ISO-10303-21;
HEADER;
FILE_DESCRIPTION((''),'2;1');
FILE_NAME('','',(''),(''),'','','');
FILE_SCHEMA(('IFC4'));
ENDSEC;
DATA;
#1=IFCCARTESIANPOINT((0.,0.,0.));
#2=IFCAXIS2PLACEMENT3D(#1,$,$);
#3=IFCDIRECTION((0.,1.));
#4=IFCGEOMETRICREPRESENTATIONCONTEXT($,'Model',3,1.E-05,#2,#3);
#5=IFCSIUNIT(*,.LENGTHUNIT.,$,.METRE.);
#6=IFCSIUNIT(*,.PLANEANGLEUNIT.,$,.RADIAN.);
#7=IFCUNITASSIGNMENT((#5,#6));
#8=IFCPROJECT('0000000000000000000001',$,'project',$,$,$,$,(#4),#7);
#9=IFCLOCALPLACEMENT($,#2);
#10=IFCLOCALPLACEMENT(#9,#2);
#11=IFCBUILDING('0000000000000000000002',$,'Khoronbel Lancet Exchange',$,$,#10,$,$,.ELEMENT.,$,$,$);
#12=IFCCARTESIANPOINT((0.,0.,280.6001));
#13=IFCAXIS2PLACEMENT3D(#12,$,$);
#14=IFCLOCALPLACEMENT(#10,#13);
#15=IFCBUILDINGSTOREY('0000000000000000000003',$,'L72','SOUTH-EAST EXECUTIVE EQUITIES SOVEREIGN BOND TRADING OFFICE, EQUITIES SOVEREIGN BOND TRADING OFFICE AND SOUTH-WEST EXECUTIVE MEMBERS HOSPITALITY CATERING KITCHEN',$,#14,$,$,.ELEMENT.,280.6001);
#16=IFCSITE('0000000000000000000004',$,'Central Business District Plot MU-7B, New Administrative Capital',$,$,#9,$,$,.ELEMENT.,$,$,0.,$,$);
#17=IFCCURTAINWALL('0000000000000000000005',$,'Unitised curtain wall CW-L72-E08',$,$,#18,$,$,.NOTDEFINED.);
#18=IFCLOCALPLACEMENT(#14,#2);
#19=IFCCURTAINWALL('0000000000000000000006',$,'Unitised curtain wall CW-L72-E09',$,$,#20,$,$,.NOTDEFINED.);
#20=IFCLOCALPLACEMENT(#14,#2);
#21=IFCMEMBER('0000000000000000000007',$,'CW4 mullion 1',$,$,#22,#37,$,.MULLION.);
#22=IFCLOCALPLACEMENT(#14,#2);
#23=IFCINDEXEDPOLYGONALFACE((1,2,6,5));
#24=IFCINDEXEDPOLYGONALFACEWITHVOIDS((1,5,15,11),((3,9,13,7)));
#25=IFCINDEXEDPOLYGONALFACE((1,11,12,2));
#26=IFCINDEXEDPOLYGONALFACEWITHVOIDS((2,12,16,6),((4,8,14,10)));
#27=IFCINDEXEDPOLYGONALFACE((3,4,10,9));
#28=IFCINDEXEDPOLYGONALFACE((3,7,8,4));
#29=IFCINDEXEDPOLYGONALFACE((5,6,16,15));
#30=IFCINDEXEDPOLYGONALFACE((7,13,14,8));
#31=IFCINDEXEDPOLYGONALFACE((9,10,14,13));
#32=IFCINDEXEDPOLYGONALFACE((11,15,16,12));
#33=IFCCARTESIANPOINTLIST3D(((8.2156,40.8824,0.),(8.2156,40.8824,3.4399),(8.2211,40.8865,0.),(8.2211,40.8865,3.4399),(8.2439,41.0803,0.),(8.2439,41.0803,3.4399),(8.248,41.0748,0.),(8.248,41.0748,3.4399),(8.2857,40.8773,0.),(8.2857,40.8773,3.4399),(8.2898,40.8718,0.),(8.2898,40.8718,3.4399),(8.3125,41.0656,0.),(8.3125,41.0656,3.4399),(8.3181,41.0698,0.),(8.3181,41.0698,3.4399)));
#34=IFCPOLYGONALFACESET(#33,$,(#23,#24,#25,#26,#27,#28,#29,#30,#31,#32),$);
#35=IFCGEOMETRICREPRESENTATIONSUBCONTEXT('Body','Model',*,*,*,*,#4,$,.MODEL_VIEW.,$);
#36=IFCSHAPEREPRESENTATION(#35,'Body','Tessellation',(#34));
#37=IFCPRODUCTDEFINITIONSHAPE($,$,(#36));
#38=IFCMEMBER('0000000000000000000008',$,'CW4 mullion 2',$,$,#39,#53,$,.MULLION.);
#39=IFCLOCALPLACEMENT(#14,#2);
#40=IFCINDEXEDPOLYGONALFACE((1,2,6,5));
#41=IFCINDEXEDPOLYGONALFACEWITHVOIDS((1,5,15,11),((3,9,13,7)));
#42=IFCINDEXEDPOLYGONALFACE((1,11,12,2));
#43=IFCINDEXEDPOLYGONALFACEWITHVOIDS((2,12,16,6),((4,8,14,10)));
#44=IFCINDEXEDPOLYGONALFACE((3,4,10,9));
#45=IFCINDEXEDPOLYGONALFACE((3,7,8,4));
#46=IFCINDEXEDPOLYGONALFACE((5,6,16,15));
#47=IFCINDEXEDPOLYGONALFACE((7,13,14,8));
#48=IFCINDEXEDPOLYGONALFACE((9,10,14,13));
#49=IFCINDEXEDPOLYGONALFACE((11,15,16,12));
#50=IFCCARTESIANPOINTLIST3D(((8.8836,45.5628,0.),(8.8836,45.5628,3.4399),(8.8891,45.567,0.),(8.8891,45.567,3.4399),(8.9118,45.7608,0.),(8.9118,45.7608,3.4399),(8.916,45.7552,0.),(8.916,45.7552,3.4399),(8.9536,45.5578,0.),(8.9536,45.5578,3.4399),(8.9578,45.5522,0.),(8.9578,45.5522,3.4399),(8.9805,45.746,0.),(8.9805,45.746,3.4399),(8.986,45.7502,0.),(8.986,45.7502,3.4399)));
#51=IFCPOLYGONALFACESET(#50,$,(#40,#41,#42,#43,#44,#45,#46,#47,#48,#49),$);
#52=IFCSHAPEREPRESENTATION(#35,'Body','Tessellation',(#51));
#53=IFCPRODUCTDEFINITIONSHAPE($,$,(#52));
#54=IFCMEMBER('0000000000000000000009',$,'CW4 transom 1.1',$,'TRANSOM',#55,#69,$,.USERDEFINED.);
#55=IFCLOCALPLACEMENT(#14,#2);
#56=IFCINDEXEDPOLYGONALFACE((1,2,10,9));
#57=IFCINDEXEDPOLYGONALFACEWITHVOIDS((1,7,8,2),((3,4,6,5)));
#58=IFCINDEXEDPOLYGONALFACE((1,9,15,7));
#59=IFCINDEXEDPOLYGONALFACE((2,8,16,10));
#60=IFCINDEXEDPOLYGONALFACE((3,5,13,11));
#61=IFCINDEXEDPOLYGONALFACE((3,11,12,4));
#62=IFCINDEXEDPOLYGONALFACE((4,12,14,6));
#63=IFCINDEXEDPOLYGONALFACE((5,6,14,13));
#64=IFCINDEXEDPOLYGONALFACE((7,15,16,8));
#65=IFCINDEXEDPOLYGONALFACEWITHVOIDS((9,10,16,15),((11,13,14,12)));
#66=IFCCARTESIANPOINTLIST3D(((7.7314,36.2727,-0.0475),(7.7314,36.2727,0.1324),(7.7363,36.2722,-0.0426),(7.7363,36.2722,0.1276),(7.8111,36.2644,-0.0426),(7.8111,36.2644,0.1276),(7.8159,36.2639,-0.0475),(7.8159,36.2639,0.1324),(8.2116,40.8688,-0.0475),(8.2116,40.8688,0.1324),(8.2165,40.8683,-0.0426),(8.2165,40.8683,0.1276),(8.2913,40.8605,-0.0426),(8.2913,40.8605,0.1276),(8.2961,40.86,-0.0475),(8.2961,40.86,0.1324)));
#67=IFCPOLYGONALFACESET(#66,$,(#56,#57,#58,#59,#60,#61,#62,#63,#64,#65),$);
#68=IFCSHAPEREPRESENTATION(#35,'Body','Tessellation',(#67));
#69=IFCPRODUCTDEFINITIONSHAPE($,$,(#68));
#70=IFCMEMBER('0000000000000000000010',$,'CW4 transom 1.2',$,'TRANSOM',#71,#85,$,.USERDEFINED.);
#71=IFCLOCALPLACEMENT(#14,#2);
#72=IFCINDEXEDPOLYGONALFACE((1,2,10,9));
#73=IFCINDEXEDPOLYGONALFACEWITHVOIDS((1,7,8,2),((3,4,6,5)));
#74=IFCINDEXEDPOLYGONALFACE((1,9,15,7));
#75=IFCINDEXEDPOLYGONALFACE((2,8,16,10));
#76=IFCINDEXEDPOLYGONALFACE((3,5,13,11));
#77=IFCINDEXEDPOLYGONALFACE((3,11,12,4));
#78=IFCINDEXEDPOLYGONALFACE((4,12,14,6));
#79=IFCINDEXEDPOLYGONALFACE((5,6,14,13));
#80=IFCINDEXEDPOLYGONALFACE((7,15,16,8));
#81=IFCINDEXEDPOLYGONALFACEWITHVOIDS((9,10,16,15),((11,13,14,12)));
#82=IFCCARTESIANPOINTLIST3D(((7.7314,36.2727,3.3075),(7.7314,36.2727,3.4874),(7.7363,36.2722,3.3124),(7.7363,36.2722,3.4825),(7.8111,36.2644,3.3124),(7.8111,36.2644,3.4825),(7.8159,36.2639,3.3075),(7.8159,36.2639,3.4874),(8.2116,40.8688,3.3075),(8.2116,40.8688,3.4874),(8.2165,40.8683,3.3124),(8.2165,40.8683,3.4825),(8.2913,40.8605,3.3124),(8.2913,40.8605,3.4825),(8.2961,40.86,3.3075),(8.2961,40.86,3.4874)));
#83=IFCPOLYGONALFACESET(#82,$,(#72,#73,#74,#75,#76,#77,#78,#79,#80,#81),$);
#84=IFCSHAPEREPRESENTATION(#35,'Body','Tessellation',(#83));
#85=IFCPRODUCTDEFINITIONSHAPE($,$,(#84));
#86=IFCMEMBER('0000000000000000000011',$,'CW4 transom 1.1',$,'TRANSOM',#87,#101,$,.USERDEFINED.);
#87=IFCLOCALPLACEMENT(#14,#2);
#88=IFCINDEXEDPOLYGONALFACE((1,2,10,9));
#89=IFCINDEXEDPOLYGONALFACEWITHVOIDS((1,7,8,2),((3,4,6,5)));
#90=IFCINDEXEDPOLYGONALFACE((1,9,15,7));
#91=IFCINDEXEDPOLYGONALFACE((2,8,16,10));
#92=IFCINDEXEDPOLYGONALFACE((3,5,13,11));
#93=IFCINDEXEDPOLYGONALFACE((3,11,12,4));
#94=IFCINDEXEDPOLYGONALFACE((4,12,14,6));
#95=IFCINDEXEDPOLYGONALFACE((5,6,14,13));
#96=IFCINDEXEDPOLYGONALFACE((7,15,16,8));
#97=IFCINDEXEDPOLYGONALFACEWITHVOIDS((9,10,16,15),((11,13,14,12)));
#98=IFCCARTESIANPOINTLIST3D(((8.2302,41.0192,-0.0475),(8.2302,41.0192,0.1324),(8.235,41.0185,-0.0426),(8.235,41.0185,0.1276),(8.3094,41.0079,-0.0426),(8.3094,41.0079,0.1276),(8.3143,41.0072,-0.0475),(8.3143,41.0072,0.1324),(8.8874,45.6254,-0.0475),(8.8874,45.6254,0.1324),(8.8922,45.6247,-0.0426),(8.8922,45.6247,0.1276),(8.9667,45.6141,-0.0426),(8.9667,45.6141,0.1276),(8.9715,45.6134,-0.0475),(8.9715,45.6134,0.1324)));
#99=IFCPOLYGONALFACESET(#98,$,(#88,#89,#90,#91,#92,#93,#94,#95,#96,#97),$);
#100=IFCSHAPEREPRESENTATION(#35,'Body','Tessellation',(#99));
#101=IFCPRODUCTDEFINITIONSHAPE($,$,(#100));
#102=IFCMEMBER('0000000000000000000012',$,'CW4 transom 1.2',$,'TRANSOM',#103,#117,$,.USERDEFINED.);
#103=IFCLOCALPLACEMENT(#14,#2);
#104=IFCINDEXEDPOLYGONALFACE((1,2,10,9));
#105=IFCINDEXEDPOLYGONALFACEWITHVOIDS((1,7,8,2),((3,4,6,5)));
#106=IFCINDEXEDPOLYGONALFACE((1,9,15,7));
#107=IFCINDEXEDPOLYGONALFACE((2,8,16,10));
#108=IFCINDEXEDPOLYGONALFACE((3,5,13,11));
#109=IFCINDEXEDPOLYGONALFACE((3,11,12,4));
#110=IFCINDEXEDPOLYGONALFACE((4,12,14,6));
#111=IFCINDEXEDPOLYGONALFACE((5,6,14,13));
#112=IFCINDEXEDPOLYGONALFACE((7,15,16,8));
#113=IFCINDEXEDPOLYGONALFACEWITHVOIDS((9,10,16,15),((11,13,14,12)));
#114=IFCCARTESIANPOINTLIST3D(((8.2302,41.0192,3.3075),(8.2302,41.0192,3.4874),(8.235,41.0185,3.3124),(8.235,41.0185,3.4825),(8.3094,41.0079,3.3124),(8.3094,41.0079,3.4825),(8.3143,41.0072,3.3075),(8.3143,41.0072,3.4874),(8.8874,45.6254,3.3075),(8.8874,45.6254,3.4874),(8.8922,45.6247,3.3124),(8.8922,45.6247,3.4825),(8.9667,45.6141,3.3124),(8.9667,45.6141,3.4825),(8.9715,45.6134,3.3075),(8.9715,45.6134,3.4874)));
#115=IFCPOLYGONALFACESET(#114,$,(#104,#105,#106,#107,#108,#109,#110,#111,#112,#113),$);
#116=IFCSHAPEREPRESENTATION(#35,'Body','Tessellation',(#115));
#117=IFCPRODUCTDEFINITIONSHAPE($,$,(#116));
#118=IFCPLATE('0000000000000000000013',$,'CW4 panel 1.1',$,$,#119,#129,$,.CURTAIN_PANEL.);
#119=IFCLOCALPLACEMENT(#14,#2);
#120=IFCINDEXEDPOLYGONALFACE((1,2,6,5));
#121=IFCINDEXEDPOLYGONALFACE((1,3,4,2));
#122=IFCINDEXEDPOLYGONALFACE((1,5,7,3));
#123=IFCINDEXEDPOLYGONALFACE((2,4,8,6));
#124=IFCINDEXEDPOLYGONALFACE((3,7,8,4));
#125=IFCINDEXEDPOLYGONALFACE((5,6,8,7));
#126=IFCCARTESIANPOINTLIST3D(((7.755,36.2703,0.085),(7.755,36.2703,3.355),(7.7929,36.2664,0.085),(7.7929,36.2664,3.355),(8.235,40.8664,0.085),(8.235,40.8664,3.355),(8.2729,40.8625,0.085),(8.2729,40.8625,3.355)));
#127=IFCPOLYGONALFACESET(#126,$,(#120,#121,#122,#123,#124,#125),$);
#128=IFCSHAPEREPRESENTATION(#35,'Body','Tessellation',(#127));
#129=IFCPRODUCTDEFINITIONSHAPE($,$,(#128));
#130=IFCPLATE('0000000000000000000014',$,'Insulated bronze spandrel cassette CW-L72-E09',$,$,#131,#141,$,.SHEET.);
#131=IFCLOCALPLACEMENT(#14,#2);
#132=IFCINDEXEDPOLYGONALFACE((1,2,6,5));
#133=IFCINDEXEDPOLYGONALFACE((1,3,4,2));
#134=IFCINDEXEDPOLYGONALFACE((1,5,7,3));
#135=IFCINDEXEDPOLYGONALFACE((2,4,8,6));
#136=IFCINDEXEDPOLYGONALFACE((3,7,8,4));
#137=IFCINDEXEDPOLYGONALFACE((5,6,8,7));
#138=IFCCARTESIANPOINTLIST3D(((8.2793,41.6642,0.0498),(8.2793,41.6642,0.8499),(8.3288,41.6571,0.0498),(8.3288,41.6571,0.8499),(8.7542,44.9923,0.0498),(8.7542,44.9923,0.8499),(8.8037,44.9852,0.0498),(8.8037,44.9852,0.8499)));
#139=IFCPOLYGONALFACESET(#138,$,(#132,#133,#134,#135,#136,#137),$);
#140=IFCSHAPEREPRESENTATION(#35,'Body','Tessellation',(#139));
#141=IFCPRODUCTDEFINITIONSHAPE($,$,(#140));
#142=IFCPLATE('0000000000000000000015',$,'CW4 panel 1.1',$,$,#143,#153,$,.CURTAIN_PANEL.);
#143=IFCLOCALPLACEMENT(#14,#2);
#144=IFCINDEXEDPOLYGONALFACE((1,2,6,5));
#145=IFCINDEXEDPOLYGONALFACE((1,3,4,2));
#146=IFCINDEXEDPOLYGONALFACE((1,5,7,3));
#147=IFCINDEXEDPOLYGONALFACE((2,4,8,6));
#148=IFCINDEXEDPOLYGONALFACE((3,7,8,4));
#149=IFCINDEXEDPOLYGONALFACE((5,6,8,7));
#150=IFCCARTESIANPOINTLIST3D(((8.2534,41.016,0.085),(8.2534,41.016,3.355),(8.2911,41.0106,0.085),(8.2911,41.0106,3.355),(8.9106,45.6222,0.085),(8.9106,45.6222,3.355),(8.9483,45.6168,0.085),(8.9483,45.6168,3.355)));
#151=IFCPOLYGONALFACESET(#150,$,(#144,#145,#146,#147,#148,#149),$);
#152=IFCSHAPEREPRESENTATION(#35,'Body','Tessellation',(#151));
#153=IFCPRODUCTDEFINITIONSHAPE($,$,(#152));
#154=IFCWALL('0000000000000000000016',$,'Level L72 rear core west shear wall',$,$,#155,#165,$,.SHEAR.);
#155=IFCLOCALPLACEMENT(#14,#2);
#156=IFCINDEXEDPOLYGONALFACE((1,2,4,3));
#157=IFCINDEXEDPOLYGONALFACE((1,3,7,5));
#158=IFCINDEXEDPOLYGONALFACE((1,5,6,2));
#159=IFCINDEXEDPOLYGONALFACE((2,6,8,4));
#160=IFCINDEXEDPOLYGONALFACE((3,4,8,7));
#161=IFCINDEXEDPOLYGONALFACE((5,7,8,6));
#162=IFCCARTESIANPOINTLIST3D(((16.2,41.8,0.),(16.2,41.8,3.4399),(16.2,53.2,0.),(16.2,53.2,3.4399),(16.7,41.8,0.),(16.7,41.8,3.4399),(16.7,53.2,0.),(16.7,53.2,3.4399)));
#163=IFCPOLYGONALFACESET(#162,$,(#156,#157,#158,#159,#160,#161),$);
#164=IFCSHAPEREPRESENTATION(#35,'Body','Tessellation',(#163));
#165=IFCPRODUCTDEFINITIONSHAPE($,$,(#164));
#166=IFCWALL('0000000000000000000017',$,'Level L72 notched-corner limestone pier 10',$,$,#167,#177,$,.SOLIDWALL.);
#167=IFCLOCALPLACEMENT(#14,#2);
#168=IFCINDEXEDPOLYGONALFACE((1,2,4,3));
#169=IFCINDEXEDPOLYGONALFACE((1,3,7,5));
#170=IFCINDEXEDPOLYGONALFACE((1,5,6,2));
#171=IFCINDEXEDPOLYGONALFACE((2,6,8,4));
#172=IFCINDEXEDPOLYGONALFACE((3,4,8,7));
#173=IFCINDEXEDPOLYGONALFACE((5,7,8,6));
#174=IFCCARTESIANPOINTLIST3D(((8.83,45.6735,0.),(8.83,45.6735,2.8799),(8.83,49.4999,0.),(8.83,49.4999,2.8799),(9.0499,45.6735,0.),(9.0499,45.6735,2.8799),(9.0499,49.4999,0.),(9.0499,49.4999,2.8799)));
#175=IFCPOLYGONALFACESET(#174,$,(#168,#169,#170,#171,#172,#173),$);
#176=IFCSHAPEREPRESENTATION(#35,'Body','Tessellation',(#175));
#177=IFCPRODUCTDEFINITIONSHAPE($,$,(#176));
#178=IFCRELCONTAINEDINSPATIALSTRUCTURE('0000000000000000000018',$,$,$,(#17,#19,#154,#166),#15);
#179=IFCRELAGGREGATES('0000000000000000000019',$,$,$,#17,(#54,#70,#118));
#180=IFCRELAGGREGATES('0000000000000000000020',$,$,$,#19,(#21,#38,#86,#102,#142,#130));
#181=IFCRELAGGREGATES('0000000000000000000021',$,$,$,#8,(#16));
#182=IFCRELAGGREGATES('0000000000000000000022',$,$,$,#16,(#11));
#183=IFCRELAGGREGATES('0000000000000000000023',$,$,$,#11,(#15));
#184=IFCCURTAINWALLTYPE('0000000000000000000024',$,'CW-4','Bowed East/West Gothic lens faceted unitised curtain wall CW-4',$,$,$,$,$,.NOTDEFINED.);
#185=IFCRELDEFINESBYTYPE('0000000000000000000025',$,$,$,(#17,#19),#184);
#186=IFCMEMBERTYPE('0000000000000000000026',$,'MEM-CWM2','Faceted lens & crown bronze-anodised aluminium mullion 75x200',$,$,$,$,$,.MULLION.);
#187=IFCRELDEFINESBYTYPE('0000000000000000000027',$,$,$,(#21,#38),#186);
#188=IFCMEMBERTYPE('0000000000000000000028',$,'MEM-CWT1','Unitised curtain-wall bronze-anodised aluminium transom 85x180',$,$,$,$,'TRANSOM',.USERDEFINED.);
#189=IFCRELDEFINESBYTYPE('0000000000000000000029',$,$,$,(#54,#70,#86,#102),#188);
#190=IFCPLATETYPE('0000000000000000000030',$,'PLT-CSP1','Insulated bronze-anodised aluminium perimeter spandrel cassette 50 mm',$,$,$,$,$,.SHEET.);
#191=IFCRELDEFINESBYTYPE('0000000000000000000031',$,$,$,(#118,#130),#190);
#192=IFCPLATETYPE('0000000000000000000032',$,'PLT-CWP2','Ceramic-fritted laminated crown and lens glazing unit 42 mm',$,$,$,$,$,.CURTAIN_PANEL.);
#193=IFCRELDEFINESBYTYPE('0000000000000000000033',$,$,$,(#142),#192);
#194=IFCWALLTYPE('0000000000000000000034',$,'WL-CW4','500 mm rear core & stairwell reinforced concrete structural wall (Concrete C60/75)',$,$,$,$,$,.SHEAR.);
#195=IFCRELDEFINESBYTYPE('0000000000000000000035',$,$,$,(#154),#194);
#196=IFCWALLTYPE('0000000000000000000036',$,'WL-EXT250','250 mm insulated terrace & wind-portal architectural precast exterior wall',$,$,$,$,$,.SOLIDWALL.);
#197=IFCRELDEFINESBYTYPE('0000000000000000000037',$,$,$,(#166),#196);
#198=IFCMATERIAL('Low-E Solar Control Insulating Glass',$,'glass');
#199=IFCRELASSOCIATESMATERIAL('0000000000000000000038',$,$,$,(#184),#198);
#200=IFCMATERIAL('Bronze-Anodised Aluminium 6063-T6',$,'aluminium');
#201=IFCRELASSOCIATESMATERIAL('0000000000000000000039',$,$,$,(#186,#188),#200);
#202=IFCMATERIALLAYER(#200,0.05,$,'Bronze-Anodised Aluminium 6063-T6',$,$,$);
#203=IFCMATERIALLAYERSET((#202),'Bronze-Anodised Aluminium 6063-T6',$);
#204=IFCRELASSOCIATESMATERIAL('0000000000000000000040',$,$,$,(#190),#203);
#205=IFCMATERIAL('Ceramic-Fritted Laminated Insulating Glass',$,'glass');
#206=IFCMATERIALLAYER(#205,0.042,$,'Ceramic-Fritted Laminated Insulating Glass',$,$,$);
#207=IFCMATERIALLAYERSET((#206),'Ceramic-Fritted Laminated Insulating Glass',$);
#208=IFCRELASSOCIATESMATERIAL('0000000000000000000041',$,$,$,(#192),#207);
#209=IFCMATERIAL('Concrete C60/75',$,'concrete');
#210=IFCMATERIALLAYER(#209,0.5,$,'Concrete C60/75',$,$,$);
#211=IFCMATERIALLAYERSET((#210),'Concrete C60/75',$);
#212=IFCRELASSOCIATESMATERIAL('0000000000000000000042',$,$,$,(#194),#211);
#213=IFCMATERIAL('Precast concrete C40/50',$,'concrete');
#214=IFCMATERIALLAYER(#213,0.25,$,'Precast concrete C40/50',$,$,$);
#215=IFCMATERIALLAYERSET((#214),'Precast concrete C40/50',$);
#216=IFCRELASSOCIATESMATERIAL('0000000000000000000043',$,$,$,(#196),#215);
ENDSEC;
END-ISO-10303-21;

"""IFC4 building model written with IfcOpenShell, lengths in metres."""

from ifc_helpers import new_model, si_unit, direction, frame, frame_2d, origin, origin_2d, place, context, subcontext, project, spatial, rectangle, hollow_rectangle, extrude, material, layer, layer_set, material_profile, profile_set, type_object, element, aggregate, save


model = new_model("IFC4")

# Units and contexts
model_context = context("Model", 3, precision=1e-05, world=origin(), true_north=direction((0.0, 1.0)))
body_context = subcontext(model_context, "Body", "Model", "MODEL_VIEW")
ifc_project = project(units=[si_unit("LENGTHUNIT", "METRE"), si_unit("PLANEANGLEUNIT", "RADIAN")], contexts=[model_context])

# Site, building, storey
site_placement = place(None, origin())
site = spatial("IfcSite", under=ifc_project, at=site_placement, Name="Central Business District Plot MU-7B, New Administrative Capital", CompositionType="ELEMENT", RefElevation=0.0)
building_placement = place(site_placement, origin())
building = spatial("IfcBuilding", under=site, at=building_placement, Name="Khoronbel Lancet Exchange", CompositionType="ELEMENT")
storey_placement = place(building_placement, frame((0.0, 0.0, 280.6001)))
storey = spatial("IfcBuildingStorey", under=building, at=storey_placement, Name="L72", Description="SOUTH-EAST EXECUTIVE EQUITIES SOVEREIGN BOND TRADING OFFICE, EQUITIES SOVEREIGN BOND TRADING OFFICE AND SOUTH-WEST EXECUTIVE MEMBERS HOSPITALITY CATERING KITCHEN", CompositionType="ELEMENT", Elevation=280.6001)

# Shared definitions
ifc_material_1 = material(Name="Low-E Solar Control Insulating Glass", Category="glass")
curtain_wall_type = type_object("IfcCurtainWallType", Name="CW-4", Description="Bowed East/West Gothic lens faceted unitised curtain wall CW-4", PredefinedType="NOTDEFINED", material=ifc_material_1)
ifc_material_2 = material(Name="Bronze-Anodised Aluminium 6063-T6", Category="aluminium")
ifc_material_profile_1 = material_profile(ifc_material_2, hollow_rectangle(XDim=0.075, YDim=0.2, WallThickness=0.0049, at=origin_2d()), Name="ALU MULLION 75x200")
ifc_profile_set_1 = profile_set([ifc_material_profile_1], Name="Bronze-Anodised Aluminium 6063-T6")
member_type_1 = type_object("IfcMemberType", Name="MEM-CWM2", Description="Faceted lens & crown bronze-anodised aluminium mullion 75x200", PredefinedType="MULLION", material=ifc_profile_set_1)

# Curtain walls, members
curtain_wall_1_placement = place(storey_placement, origin())
curtain_wall_1 = element("IfcCurtainWall", 1, at=curtain_wall_1_placement, inside=storey, type_object=curtain_wall_type, Name="Unitised curtain wall CW-L72-E08", PredefinedType="NOTDEFINED")
curtain_wall_2_placement = place(storey_placement, origin())
curtain_wall_2 = element("IfcCurtainWall", 2, at=curtain_wall_2_placement, inside=storey, type_object=curtain_wall_type, Name="Unitised curtain wall CW-L72-E09", PredefinedType="NOTDEFINED")
member_1_placement = place(storey_placement, frame((8.2668, 40.9761, 0.0), z_axis=(0.0, 0.0, 1.0), x_axis=(-0.989974, 0.141252, 0.0)))
member_1 = element("IfcMember", 3, at=member_1_placement, type_object=member_type_1, Name="CW4 mullion 1", PredefinedType="MULLION", context=body_context, shape_type="SweptSolid", body=[
    extrude(hollow_rectangle(XDim=0.075, YDim=0.2, WallThickness=0.0049, at=origin_2d()), origin(), (0.0, 0.0, 1.0), 3.4399),
])
member_2_placement = place(storey_placement, frame((8.9348, 45.6565, 0.0), z_axis=(0.0, 0.0, 1.0), x_axis=(-0.989974, 0.141252, 0.0)))
member_2 = element("IfcMember", 4, at=member_2_placement, type_object=member_type_1, Name="CW4 mullion 2", PredefinedType="MULLION", context=body_context, shape_type="SweptSolid", body=[
    extrude(hollow_rectangle(XDim=0.075, YDim=0.2, WallThickness=0.0049, at=origin_2d()), origin(), (0.0, 0.0, 1.0), 3.4399),
])

# Members
ifc_material_profile_2 = material_profile(ifc_material_2, hollow_rectangle(XDim=0.085, YDim=0.1799, WallThickness=0.0049, at=origin_2d()), Name="ALU TRANSOM 85x180")
ifc_profile_set_2 = profile_set([ifc_material_profile_2], Name="Bronze-Anodised Aluminium 6063-T6")
member_type_2 = type_object("IfcMemberType", Name="MEM-CWT1", Description="Unitised curtain-wall bronze-anodised aluminium transom 85x180", ElementType="TRANSOM", PredefinedType="USERDEFINED", material=ifc_profile_set_2)
member_3_placement = place(storey_placement, frame((7.7737, 36.2683, 0.0425), z_axis=(0.103917, 0.994586, 0.0), x_axis=(-0.994586, 0.103917, 0.0)))
member_3 = element("IfcMember", 5, at=member_3_placement, type_object=member_type_2, Name="CW4 transom 1.1", ObjectType="TRANSOM", PredefinedType="USERDEFINED", context=body_context, shape_type="SweptSolid", body=[
    extrude(hollow_rectangle(XDim=0.085, YDim=0.1799, WallThickness=0.0049, at=origin_2d()), origin(), (0.0, 0.0, 1.0), 4.6211),
])
member_4_placement = place(storey_placement, frame((7.7737, 36.2683, 3.3975), z_axis=(0.103917, 0.994586, 0.0), x_axis=(-0.994586, 0.103917, 0.0)))
member_4 = element("IfcMember", 6, at=member_4_placement, type_object=member_type_2, Name="CW4 transom 1.2", ObjectType="TRANSOM", PredefinedType="USERDEFINED", context=body_context, shape_type="SweptSolid", body=[
    extrude(hollow_rectangle(XDim=0.085, YDim=0.1799, WallThickness=0.0049, at=origin_2d()), origin(), (0.0, 0.0, 1.0), 4.6211),
])
member_5_placement = place(storey_placement, frame((8.2722, 41.0132, 0.0425), z_axis=(0.141252, 0.989974, 0.0), x_axis=(-0.989974, 0.141252, 0.0)))
member_5 = element("IfcMember", 7, at=member_5_placement, type_object=member_type_2, Name="CW4 transom 1.1", ObjectType="TRANSOM", PredefinedType="USERDEFINED", context=body_context, shape_type="SweptSolid", body=[
    extrude(hollow_rectangle(XDim=0.085, YDim=0.1799, WallThickness=0.0049, at=origin_2d()), origin(), (0.0, 0.0, 1.0), 4.6528),
])
member_6_placement = place(storey_placement, frame((8.2722, 41.0132, 3.3975), z_axis=(0.141252, 0.989974, 0.0), x_axis=(-0.989974, 0.141252, 0.0)))
member_6 = element("IfcMember", 8, at=member_6_placement, type_object=member_type_2, Name="CW4 transom 1.2", ObjectType="TRANSOM", PredefinedType="USERDEFINED", context=body_context, shape_type="SweptSolid", body=[
    extrude(hollow_rectangle(XDim=0.085, YDim=0.1799, WallThickness=0.0049, at=origin_2d()), origin(), (0.0, 0.0, 1.0), 4.6528),
])

# Plates
ifc_layer_1 = layer(ifc_material_2, 0.05, Name="Bronze-Anodised Aluminium 6063-T6")
ifc_layer_set_1 = layer_set([ifc_layer_1], Name="Bronze-Anodised Aluminium 6063-T6")
plate_type_1 = type_object("IfcPlateType", Name="PLT-CSP1", Description="Insulated bronze-anodised aluminium perimeter spandrel cassette 50 mm", PredefinedType="SHEET", material=ifc_layer_set_1)
plate_1_placement = place(storey_placement, frame((8.0139, 38.5664, 0.085), z_axis=(0.0, 0.0, 1.0), x_axis=(0.103873, 0.994591, 0.0)))
plate_1 = element("IfcPlate", 9, at=plate_1_placement, type_object=plate_type_1, Name="CW4 panel 1.1", PredefinedType="CURTAIN_PANEL", context=body_context, shape_type="SweptSolid", body=[
    extrude(rectangle(XDim=4.6211, YDim=0.0381, at=origin_2d()), origin(), (0.0, 0.0, 1.0), 3.27),
])
aggregate(curtain_wall_1, [member_3, member_4, plate_1])
plate_2_placement = place(storey_placement, frame((8.5415, 43.3247, 0.0498), z_axis=(0.0, 0.0, 1.0), x_axis=(0.141252, 0.989974, 0.0)))
plate_2 = element("IfcPlate", 10, at=plate_2_placement, type_object=plate_type_1, Name="Insulated bronze spandrel cassette CW-L72-E09", PredefinedType="SHEET", context=body_context, shape_type="SweptSolid", body=[
    extrude(rectangle(XDim=3.3618, YDim=0.05, at=origin_2d()), origin(), (0.0, 0.0, 1.0), 0.8),
])
ifc_material_3 = material(Name="Ceramic-Fritted Laminated Insulating Glass", Category="glass")
ifc_layer_2 = layer(ifc_material_3, 0.042, Name="Ceramic-Fritted Laminated Insulating Glass")
ifc_layer_set_2 = layer_set([ifc_layer_2], Name="Ceramic-Fritted Laminated Insulating Glass")
plate_type_2 = type_object("IfcPlateType", Name="PLT-CWP2", Description="Ceramic-fritted laminated crown and lens glazing unit 42 mm", PredefinedType="CURTAIN_PANEL", material=ifc_layer_set_2)
plate_3_placement = place(storey_placement, frame((8.6008, 43.3164, 0.085), z_axis=(0.0, 0.0, 1.0), x_axis=(0.141252, 0.989974, 0.0)))
plate_3 = element("IfcPlate", 11, at=plate_3_placement, type_object=plate_type_2, Name="CW4 panel 1.1", PredefinedType="CURTAIN_PANEL", context=body_context, shape_type="SweptSolid", body=[
    extrude(rectangle(XDim=4.6528, YDim=0.0381, at=origin_2d()), origin(), (0.0, 0.0, 1.0), 3.27),
])
aggregate(curtain_wall_2, [member_1, member_2, member_5, member_6, plate_3, plate_2])

# Walls
ifc_material_4 = material(Name="Concrete C60/75", Category="concrete")
ifc_layer_3 = layer(ifc_material_4, 0.5, Name="Concrete C60/75")
ifc_layer_set_3 = layer_set([ifc_layer_3], Name="Concrete C60/75")
wall_type_1 = type_object("IfcWallType", Name="WL-CW4", Description="500 mm rear core & stairwell reinforced concrete structural wall (Concrete C60/75)", PredefinedType="SHEAR", material=ifc_layer_set_3)
wall_1_placement = place(storey_placement, frame((16.45, 41.8, 0.0), z_axis=(0.0, 0.0, 1.0), x_axis=(0.0, 1.0, 0.0)))
element("IfcWall", 12, at=wall_1_placement, inside=storey, type_object=wall_type_1, Name="Level L72 rear core west shear wall", PredefinedType="SHEAR", context=body_context, shape_type="SweptSolid", body=[
    extrude(rectangle(XDim=11.3999, YDim=0.5, at=frame_2d((5.7, 0.0))), origin(), (0.0, 0.0, 1.0), 3.4399),
])
ifc_material_5 = material(Name="Precast concrete C40/50", Category="concrete")
ifc_layer_4 = layer(ifc_material_5, 0.25, Name="Precast concrete C40/50")
ifc_layer_set_4 = layer_set([ifc_layer_4], Name="Precast concrete C40/50")
wall_type_2 = type_object("IfcWallType", Name="WL-EXT250", Description="250 mm insulated terrace & wind-portal architectural precast exterior wall", PredefinedType="SOLIDWALL", material=ifc_layer_set_4)
wall_2_placement = place(storey_placement, frame((8.9399, 45.6736, 0.0), z_axis=(0.0, 0.0, 1.0), x_axis=(0.0, 1.0, 0.0)))
element("IfcWall", 13, at=wall_2_placement, inside=storey, type_object=wall_type_2, Name="Level L72 notched-corner limestone pier 10", PredefinedType="SOLIDWALL", context=body_context, shape_type="SweptSolid", body=[
    extrude(rectangle(XDim=3.8264, YDim=0.22, at=frame_2d((1.9131, 0.0))), origin(), (0.0, 0.0, 1.0), 2.8799),
])

save(model, "model.ifc")
